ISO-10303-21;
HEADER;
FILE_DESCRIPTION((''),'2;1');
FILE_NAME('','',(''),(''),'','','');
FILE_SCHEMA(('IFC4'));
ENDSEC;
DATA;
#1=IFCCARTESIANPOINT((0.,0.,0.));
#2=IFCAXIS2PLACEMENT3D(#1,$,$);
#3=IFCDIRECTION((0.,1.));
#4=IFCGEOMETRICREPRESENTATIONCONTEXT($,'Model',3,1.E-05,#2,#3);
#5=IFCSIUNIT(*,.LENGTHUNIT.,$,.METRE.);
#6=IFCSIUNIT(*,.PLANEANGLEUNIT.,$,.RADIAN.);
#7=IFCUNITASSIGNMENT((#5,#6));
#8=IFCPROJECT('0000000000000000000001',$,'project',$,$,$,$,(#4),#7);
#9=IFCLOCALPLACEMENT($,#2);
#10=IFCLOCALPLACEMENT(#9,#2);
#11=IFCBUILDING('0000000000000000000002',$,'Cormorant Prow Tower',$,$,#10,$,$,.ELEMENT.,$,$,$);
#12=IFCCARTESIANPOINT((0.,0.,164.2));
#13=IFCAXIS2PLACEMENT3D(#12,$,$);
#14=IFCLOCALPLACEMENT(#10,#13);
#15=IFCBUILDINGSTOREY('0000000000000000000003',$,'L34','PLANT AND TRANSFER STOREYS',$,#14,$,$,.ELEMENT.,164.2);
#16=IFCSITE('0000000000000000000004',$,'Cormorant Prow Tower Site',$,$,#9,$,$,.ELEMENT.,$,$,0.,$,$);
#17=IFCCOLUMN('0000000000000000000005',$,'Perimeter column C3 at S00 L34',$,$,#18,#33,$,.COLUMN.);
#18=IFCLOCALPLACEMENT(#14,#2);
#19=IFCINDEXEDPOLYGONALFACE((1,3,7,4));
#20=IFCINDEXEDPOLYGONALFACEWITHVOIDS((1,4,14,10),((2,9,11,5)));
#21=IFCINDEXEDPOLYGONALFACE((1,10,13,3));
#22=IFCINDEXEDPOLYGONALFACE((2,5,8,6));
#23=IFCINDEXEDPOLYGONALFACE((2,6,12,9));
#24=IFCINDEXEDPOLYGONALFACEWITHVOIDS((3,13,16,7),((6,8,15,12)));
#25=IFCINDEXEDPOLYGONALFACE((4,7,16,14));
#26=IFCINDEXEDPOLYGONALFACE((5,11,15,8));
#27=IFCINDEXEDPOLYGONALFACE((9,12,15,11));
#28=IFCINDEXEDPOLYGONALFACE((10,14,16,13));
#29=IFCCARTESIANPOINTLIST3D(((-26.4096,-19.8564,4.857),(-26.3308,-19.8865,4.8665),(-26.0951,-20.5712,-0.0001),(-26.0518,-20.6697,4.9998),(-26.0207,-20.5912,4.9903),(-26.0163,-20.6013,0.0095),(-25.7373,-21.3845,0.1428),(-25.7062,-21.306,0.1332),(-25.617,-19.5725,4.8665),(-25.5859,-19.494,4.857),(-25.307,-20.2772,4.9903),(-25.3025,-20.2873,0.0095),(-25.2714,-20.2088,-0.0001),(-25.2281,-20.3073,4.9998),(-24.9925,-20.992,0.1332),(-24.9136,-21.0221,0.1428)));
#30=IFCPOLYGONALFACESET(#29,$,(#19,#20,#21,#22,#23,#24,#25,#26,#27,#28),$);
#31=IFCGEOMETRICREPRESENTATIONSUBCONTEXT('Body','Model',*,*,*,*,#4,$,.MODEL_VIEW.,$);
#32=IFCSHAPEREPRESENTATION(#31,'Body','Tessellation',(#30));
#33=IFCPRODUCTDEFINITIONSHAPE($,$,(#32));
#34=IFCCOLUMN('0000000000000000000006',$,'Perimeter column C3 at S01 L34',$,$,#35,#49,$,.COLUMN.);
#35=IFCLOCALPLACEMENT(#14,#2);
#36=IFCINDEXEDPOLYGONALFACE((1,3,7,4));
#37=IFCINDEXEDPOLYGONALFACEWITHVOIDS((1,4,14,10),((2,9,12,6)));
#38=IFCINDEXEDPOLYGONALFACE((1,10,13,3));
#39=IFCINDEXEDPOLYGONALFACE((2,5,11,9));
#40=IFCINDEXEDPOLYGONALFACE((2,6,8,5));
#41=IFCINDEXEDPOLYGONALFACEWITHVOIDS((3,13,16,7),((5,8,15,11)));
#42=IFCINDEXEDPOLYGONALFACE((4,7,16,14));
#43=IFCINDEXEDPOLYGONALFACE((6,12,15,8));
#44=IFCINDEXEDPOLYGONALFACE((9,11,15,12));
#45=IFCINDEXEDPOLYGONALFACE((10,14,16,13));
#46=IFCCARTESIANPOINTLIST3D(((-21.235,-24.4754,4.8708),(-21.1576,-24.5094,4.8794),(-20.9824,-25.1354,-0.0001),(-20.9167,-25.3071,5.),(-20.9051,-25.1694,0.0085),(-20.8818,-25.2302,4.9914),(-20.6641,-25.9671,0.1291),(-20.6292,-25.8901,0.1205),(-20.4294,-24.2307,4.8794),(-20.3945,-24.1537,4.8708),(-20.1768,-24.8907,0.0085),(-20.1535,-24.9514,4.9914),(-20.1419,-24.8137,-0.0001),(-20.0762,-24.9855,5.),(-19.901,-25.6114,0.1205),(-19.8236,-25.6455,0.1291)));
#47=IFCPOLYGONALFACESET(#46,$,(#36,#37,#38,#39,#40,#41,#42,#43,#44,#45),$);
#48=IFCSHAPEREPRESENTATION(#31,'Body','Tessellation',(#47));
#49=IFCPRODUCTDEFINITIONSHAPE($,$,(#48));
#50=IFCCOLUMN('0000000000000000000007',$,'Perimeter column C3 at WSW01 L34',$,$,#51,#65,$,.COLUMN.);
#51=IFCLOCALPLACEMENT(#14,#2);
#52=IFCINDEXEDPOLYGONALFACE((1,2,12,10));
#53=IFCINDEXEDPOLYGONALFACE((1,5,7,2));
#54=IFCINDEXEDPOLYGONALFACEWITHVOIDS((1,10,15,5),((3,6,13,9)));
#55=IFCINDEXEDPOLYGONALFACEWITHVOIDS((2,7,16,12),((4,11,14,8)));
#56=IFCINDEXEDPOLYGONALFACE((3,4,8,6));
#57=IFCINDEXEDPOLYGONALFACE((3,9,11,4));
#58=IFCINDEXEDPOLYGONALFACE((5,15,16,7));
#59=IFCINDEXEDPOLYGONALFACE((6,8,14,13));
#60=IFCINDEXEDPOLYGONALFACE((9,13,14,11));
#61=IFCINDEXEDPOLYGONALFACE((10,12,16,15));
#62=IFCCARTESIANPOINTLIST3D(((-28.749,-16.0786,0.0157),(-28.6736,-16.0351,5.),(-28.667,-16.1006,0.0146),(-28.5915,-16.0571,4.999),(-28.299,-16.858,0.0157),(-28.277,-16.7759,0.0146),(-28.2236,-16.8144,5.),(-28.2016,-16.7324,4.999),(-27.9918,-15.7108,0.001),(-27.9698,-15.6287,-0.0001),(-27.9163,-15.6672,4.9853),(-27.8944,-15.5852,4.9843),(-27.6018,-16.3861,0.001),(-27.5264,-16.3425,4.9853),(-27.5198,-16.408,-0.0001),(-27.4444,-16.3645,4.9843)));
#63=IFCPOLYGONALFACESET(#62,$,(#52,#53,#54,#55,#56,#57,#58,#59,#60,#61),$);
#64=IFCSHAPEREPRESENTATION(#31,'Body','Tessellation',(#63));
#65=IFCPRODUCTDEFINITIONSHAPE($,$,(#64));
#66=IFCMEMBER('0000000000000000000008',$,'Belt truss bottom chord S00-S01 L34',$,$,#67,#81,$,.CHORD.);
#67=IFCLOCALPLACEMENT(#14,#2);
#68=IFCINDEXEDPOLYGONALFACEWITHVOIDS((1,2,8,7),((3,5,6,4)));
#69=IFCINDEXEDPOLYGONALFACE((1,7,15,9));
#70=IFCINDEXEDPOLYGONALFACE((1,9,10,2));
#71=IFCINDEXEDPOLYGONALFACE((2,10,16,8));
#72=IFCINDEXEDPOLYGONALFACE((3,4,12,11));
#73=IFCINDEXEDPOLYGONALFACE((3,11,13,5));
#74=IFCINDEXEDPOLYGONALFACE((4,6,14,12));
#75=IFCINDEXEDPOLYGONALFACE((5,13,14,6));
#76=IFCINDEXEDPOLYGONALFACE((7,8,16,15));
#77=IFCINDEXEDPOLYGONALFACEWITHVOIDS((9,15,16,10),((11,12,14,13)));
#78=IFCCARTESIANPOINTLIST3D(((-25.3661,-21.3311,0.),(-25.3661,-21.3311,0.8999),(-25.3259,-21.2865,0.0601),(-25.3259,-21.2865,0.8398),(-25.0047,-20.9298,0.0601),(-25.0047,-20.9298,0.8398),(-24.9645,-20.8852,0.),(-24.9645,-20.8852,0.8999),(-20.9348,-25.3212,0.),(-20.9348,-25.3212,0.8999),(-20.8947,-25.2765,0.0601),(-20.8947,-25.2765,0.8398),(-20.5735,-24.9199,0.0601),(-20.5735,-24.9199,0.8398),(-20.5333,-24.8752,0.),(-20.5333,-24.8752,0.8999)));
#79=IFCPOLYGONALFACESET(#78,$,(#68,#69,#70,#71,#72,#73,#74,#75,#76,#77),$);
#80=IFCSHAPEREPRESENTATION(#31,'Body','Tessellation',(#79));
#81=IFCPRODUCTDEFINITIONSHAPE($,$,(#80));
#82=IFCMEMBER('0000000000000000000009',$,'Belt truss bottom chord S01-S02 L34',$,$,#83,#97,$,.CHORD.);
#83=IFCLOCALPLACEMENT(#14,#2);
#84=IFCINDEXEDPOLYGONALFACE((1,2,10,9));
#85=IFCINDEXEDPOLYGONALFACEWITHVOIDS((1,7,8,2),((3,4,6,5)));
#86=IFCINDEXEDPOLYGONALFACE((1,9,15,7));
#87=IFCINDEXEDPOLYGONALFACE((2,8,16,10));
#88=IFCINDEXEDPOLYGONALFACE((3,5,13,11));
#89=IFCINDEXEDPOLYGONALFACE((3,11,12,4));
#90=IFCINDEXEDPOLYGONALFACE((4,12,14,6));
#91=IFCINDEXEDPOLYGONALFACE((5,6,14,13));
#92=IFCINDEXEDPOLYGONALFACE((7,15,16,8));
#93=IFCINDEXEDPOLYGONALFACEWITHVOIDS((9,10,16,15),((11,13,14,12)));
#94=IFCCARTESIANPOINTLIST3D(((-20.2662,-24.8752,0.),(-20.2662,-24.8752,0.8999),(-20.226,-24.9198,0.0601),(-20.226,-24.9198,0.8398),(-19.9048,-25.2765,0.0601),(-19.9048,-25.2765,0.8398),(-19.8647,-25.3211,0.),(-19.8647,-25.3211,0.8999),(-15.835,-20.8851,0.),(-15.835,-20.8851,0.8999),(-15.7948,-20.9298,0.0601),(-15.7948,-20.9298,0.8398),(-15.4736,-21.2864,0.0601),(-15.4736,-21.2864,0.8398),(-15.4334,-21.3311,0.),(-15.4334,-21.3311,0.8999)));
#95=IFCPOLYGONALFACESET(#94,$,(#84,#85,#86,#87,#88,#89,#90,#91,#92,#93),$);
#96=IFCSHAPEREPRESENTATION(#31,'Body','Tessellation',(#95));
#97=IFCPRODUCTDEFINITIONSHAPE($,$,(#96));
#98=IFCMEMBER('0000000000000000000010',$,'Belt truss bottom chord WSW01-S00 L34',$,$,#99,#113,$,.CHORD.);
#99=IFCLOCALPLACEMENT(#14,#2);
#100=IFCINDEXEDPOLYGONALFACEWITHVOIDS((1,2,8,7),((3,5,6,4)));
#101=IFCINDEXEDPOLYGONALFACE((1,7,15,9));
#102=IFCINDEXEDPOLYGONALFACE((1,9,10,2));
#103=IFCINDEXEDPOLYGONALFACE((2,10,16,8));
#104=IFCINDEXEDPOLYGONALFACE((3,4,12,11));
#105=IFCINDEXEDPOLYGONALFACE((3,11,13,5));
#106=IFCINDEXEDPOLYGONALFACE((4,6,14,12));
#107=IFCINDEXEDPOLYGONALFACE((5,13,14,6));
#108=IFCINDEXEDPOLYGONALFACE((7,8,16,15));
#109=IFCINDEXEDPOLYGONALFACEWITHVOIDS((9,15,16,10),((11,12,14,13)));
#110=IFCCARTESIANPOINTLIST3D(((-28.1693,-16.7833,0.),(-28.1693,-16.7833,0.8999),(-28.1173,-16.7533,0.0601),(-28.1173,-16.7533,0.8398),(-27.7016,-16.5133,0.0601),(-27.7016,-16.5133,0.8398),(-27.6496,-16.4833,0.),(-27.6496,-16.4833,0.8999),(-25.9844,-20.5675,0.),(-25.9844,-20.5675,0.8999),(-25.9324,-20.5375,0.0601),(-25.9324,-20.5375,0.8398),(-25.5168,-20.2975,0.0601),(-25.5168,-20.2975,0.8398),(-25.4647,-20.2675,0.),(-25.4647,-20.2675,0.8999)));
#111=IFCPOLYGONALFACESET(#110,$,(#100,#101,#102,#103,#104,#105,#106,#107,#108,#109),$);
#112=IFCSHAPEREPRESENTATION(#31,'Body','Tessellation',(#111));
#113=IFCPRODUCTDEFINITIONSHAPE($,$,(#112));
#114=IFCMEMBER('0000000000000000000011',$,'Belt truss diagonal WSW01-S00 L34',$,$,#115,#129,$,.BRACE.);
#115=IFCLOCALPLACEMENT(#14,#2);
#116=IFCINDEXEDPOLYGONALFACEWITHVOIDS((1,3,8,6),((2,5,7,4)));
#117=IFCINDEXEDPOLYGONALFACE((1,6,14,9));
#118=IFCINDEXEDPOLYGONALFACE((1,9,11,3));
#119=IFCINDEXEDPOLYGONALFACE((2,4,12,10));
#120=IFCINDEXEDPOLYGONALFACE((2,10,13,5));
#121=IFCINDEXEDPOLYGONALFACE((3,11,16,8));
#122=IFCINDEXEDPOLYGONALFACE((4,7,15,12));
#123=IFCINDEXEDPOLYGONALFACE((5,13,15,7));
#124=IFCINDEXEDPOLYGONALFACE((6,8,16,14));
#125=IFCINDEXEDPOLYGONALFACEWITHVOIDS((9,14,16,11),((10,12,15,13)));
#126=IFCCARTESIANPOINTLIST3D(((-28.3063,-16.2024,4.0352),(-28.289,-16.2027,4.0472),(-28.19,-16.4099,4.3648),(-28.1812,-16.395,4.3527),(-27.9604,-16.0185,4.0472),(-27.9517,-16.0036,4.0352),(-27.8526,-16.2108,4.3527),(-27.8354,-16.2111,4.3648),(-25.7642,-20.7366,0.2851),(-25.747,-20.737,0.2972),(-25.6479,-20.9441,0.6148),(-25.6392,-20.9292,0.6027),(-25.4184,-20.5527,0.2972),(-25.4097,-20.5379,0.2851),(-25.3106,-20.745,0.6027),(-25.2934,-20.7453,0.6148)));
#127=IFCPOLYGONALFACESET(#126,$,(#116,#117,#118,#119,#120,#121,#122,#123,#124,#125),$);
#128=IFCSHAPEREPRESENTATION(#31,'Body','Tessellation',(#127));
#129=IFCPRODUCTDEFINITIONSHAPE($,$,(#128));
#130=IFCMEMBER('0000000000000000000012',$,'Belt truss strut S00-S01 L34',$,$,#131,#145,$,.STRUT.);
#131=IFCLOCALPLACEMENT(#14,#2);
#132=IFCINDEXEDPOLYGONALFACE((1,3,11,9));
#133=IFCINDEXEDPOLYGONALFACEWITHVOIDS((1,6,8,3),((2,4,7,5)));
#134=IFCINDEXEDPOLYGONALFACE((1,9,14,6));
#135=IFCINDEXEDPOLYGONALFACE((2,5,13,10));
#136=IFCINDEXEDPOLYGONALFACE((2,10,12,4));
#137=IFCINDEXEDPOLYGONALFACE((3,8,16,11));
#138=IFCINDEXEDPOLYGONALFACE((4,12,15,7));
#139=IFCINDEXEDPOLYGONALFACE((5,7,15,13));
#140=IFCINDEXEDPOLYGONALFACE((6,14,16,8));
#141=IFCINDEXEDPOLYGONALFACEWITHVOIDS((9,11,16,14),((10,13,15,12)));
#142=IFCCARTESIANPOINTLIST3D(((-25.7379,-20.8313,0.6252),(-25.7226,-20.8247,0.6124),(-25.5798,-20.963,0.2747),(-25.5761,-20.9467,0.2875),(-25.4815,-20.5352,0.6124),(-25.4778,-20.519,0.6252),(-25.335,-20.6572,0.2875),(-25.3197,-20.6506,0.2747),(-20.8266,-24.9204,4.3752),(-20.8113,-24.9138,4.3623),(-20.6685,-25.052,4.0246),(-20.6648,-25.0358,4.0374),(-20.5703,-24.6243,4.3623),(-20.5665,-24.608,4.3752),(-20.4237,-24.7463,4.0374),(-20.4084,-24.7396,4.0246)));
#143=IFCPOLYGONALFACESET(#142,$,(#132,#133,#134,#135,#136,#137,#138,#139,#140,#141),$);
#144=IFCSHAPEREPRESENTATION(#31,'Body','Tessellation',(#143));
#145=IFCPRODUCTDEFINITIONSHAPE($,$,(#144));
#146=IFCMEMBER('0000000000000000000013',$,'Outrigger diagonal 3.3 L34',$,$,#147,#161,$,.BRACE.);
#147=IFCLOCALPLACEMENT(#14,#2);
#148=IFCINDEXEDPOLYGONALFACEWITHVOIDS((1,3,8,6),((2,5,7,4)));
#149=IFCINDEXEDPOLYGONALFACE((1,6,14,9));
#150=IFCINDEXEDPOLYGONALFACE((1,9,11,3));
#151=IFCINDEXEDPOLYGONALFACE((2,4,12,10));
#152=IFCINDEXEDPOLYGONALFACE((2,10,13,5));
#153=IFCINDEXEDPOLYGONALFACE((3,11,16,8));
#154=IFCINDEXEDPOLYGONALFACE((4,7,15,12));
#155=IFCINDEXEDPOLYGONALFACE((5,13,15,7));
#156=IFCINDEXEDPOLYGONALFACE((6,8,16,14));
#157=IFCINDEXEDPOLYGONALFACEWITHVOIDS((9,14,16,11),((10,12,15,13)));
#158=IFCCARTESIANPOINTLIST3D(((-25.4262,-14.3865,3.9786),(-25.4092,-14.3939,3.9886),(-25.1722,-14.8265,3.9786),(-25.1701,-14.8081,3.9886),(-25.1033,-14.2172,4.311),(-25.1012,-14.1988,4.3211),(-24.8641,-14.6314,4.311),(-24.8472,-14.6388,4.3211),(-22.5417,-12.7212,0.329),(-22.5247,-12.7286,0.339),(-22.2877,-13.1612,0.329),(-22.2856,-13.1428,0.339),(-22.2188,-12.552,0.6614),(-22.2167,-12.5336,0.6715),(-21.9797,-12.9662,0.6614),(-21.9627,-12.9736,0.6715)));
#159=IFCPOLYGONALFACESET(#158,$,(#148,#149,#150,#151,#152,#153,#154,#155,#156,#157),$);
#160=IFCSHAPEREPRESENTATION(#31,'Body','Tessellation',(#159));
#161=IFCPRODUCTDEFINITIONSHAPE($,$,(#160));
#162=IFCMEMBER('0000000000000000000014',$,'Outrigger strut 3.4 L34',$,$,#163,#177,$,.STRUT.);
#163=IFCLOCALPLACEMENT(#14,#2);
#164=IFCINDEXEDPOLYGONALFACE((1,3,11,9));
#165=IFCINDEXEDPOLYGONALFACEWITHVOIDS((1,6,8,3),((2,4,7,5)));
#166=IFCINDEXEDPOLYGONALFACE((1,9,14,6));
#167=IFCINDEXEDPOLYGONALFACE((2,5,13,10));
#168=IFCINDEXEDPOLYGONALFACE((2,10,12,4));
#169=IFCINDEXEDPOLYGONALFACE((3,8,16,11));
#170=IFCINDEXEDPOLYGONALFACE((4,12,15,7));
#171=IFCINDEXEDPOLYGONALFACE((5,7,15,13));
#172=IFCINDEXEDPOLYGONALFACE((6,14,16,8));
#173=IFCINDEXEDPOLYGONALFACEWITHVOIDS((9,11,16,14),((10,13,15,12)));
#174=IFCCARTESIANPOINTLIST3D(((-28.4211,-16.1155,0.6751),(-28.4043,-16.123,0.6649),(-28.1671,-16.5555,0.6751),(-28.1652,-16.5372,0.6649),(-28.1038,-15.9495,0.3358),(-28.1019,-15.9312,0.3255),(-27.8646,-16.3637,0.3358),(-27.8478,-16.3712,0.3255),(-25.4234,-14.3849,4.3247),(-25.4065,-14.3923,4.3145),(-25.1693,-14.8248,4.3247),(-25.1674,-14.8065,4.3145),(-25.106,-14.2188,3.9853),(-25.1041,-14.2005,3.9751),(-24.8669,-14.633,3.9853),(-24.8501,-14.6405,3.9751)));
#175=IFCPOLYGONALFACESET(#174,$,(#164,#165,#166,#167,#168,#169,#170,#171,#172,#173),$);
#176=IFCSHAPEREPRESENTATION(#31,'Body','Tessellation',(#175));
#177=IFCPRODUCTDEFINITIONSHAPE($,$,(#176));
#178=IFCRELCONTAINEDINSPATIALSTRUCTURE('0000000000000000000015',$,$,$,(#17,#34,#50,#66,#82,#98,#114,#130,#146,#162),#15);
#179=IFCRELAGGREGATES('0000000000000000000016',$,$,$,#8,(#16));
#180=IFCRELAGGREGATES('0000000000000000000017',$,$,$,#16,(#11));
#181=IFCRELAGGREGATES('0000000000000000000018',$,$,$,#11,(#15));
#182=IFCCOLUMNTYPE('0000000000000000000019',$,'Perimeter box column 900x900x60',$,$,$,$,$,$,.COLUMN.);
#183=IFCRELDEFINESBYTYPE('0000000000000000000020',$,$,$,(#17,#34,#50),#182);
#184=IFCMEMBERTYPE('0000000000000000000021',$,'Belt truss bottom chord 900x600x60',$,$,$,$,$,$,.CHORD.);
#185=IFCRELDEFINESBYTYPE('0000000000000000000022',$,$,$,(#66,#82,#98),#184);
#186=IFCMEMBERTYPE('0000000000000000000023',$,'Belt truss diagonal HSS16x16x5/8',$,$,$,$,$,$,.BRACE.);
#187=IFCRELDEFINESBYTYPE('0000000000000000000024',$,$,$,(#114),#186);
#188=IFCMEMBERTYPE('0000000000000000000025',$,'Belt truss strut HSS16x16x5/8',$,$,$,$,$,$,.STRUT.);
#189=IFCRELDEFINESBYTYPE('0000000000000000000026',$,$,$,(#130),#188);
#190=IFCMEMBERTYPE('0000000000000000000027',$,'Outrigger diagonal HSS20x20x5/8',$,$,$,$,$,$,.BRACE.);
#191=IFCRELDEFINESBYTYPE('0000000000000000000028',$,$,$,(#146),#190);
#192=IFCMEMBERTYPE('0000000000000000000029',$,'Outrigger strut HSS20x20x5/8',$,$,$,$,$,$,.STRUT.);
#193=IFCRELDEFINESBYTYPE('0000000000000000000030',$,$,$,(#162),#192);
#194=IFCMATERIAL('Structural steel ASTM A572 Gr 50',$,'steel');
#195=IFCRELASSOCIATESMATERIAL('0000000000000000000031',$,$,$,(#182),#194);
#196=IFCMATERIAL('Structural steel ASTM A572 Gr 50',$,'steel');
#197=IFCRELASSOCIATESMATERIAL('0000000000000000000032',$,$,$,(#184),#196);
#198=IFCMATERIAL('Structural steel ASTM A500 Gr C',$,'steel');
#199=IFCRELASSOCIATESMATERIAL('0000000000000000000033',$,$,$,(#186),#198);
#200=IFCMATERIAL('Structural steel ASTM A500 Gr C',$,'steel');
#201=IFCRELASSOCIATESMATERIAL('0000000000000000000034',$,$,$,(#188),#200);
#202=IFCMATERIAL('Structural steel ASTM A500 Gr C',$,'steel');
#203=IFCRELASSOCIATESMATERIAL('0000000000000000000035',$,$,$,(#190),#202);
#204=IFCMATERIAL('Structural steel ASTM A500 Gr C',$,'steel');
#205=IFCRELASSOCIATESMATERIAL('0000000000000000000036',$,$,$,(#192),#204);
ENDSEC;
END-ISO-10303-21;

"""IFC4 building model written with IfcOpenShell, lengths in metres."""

from ifc_helpers import new_model, si_unit, direction, frame, origin, origin_2d, place, context, subcontext, project, spatial, hollow_rectangle, extrude, material, material_profile, profile_set, type_object, element, save


model = new_model("IFC4")

# Units and contexts
model_context = context("Model", 3, precision=1e-05, world=origin(), true_north=direction((0.0, 1.0)))
body_context = subcontext(model_context, "Body", "Model", "MODEL_VIEW")
ifc_project = project(units=[si_unit("LENGTHUNIT", "METRE"), si_unit("PLANEANGLEUNIT", "RADIAN")], contexts=[model_context])

# Site, building, storey
site_placement = place(None, origin())
site = spatial("IfcSite", under=ifc_project, at=site_placement, Name="Cormorant Prow Tower Site", CompositionType="ELEMENT", RefElevation=0.0)
building_placement = place(site_placement, origin())
building = spatial("IfcBuilding", under=site, at=building_placement, Name="Cormorant Prow Tower", CompositionType="ELEMENT")
storey_placement = place(building_placement, frame((0.0, 0.0, 164.2)))
storey = spatial("IfcBuildingStorey", under=building, at=storey_placement, Name="L34", Description="PLANT AND TRANSFER STOREYS", CompositionType="ELEMENT", Elevation=164.2)

# Columns
ifc_material_1 = material(Name="Structural steel ASTM A572 Gr 50", Category="steel")
ifc_material_profile_1 = material_profile(ifc_material_1, hollow_rectangle(XDim=0.8999, YDim=0.8999, WallThickness=0.0601, at=origin_2d()), Name="Box 900x900x60")
ifc_profile_set_1 = profile_set([ifc_material_profile_1], Name="Structural steel ASTM A572 Gr 50")
column_type = type_object("IfcColumnType", Name="Perimeter box column 900x900x60", PredefinedType="COLUMN", material=ifc_profile_set_1)
column_1_placement = place(storey_placement, frame((-25.4998, -20.8071, 0.0), z_axis=(-0.063925, 0.145302, 0.98732), x_axis=(-0.915333, -0.402698, 0.0)))
element("IfcColumn", 1, at=column_1_placement, inside=storey, type_object=column_type, Name="Perimeter column C3 at S00 L34", PredefinedType="COLUMN", context=body_context, shape_type="SweptSolid", body=[
    extrude(hollow_rectangle(XDim=0.8999, YDim=0.8999, WallThickness=0.0601, at=origin_2d()), frame((0.0, 0.0, 0.0723)), (0.0, 0.0, 1.0), 4.9194),
])
column_2_placement = place(storey_placement, frame((-20.3997, -25.3992, 0.0), z_axis=(-0.051318, 0.134094, 0.989639), x_axis=(-0.933943, -0.357422, 0.0)))
element("IfcColumn", 2, at=column_2_placement, inside=storey, type_object=column_type, Name="Perimeter column C3 at S01 L34", PredefinedType="COLUMN", context=body_context, shape_type="SweptSolid", body=[
    extrude(hollow_rectangle(XDim=0.8999, YDim=0.8999, WallThickness=0.0601, at=origin_2d()), frame((0.0, 0.0, 0.0652)), (0.0, 0.0, 1.0), 4.9219),
])
column_3_placement = place(storey_placement, frame((-28.1345, -16.2434, 0.0), z_axis=(0.015134, 0.008739, 0.999847), x_axis=(-0.500045, 0.865999, 0.0)))
element("IfcColumn", 3, at=column_3_placement, inside=storey, type_object=column_type, Name="Perimeter column C3 at WSW01 L34", PredefinedType="COLUMN", context=body_context, shape_type="SweptSolid", body=[
    extrude(hollow_rectangle(XDim=0.8999, YDim=0.8999, WallThickness=0.0601, at=origin_2d()), frame((0.0, 0.0, 0.0078)), (0.0, 0.0, 1.0), 4.9851),
])

# Members
ifc_material_2 = material(Name="Structural steel ASTM A572 Gr 50", Category="steel")
ifc_material_profile_2 = material_profile(ifc_material_2, hollow_rectangle(XDim=0.6001, YDim=0.8999, WallThickness=0.0601, at=origin_2d()), Name="Box 900x600x60")
ifc_profile_set_2 = profile_set([ifc_material_profile_2], Name="Structural steel ASTM A572 Gr 50")
member_type_1 = type_object("IfcMemberType", Name="Belt truss bottom chord 900x600x60", PredefinedType="CHORD", material=ifc_profile_set_2)
for number, where, z_axis, x_axis, name in (
    (4, (-25.1653, -21.1082, 0.45), (0.743131, -0.669146, 0.0), (0.669146, 0.743131, 0.0), "Belt truss bottom chord S00-S01 L34"),
    (5, (-20.0654, -25.0981, 0.45), (0.743131, 0.669146, 0.0), (-0.669146, 0.743131, 0.0), "Belt truss bottom chord S01-S02 L34"),
):
    element("IfcMember", number, at=place(storey_placement, frame(where, z_axis=z_axis, x_axis=x_axis)), inside=storey, type_object=member_type_1, Name=name, PredefinedType="CHORD", context=body_context, shape_type="SweptSolid", body=[
        extrude(hollow_rectangle(XDim=0.6001, YDim=0.8999, WallThickness=0.0601, at=origin_2d()), origin(), (0.0, 0.0, 1.0), 5.9629),
    ])
member_1_placement = place(storey_placement, frame((-27.9094, -16.6333, 0.45), z_axis=(0.500003, -0.866024, 0.0), x_axis=(0.866024, 0.500003, 0.0)))
element("IfcMember", 6, at=member_1_placement, inside=storey, type_object=member_type_1, Name="Belt truss bottom chord WSW01-S00 L34", PredefinedType="CHORD", context=body_context, shape_type="SweptSolid", body=[
    extrude(hollow_rectangle(XDim=0.6001, YDim=0.8999, WallThickness=0.0601, at=origin_2d()), origin(), (0.0, 0.0, 1.0), 4.3696),
])
ifc_material_3 = material(Name="Structural steel ASTM A500 Gr C", Category="steel")
ifc_material_profile_3 = material_profile(ifc_material_3, hollow_rectangle(XDim=0.4065, YDim=0.4065, WallThickness=0.0149, at=origin_2d()), Name="HSS16x16x5/8")
ifc_profile_set_3 = profile_set([ifc_material_profile_3], Name="Structural steel ASTM A500 Gr C")
member_type_2 = type_object("IfcMemberType", Name="Belt truss diagonal HSS16x16x5/8", PredefinedType="BRACE", material=ifc_profile_set_3)
member_2_placement = place(storey_placement, frame((-25.5288, -20.741, 0.45), z_axis=(-0.396591, 0.707404, 0.58506), x_axis=(-0.872272, -0.489021, 0.0)))
element("IfcMember", 7, at=member_2_placement, inside=storey, type_object=member_type_2, Name="Belt truss diagonal WSW01-S00 L34", PredefinedType="BRACE", context=body_context, shape_type="SweptSolid", body=[
    extrude(hollow_rectangle(XDim=0.4065, YDim=0.4065, WallThickness=0.0149, at=origin_2d()), origin(), (0.0, 0.0, 1.0), 6.4097),
])
ifc_material_4 = material(Name="Structural steel ASTM A500 Gr C", Category="steel")
ifc_material_profile_4 = material_profile(ifc_material_4, hollow_rectangle(XDim=0.4065, YDim=0.4065, WallThickness=0.0149, at=origin_2d()), Name="HSS16x16x5/8")
ifc_profile_set_4 = profile_set([ifc_material_profile_4], Name="Structural steel ASTM A500 Gr C")
member_type_3 = type_object("IfcMemberType", Name="Belt truss strut HSS16x16x5/8", PredefinedType="STRUT", material=ifc_profile_set_4)
member_3_placement = place(storey_placement, frame((-25.5288, -20.741, 0.45), z_axis=(0.662823, -0.551853, 0.506087), x_axis=(0.639842, 0.768506, 0.0)))
element("IfcMember", 8, at=member_3_placement, inside=storey, type_object=member_type_3, Name="Belt truss strut S00-S01 L34", PredefinedType="STRUT", context=body_context, shape_type="SweptSolid", body=[
    extrude(hollow_rectangle(XDim=0.4065, YDim=0.4065, WallThickness=0.0149, at=origin_2d()), origin(), (0.0, 0.0, 1.0), 7.4097),
])
ifc_material_5 = material(Name="Structural steel ASTM A500 Gr C", Category="steel")
ifc_material_profile_5 = material_profile(ifc_material_5, hollow_rectangle(XDim=0.5081, YDim=0.5081, WallThickness=0.0149, at=origin_2d()), Name="HSS20x20x5/8")
ifc_profile_set_5 = profile_set([ifc_material_profile_5], Name="Structural steel ASTM A500 Gr C")
member_type_4 = type_object("IfcMemberType", Name="Outrigger diagonal HSS20x20x5/8", PredefinedType="BRACE", material=ifc_profile_set_5)
member_4_placement = place(storey_placement, frame((-22.2522, -12.8474, 0.5002), z_axis=(-0.583791, -0.337033, 0.738645), x_axis=(0.499978, -0.866038, 0.0)))
element("IfcMember", 9, at=member_4_placement, inside=storey, type_object=member_type_4, Name="Outrigger diagonal 3.3 L34", PredefinedType="BRACE", context=body_context, shape_type="SweptSolid", body=[
    extrude(hollow_rectangle(XDim=0.5081, YDim=0.5081, WallThickness=0.0149, at=origin_2d()), origin(), (0.0, 0.0, 1.0), 4.9409),
])
ifc_material_6 = material(Name="Structural steel ASTM A500 Gr C", Category="steel")
ifc_material_profile_6 = material_profile(ifc_material_6, hollow_rectangle(XDim=0.5081, YDim=0.5081, WallThickness=0.0149, at=origin_2d()), Name="HSS20x20x5/8")
ifc_profile_set_6 = profile_set([ifc_material_profile_6], Name="Structural steel ASTM A500 Gr C")
member_type_5 = type_object("IfcMemberType", Name="Outrigger strut HSS20x20x5/8", PredefinedType="STRUT", material=ifc_profile_set_6)
member_5_placement = place(storey_placement, frame((-25.1367, -14.5127, 4.1499), z_axis=(-0.595969, -0.344069, -0.72556), x_axis=(0.499985, -0.866034, 0.0)))
element("IfcMember", 10, at=member_5_placement, inside=storey, type_object=member_type_5, Name="Outrigger strut 3.4 L34", PredefinedType="STRUT", context=body_context, shape_type="SweptSolid", body=[
    extrude(hollow_rectangle(XDim=0.5081, YDim=0.5081, WallThickness=0.0149, at=origin_2d()), origin(), (0.0, 0.0, 1.0), 5.03),
])

save(model, "model.ifc")
